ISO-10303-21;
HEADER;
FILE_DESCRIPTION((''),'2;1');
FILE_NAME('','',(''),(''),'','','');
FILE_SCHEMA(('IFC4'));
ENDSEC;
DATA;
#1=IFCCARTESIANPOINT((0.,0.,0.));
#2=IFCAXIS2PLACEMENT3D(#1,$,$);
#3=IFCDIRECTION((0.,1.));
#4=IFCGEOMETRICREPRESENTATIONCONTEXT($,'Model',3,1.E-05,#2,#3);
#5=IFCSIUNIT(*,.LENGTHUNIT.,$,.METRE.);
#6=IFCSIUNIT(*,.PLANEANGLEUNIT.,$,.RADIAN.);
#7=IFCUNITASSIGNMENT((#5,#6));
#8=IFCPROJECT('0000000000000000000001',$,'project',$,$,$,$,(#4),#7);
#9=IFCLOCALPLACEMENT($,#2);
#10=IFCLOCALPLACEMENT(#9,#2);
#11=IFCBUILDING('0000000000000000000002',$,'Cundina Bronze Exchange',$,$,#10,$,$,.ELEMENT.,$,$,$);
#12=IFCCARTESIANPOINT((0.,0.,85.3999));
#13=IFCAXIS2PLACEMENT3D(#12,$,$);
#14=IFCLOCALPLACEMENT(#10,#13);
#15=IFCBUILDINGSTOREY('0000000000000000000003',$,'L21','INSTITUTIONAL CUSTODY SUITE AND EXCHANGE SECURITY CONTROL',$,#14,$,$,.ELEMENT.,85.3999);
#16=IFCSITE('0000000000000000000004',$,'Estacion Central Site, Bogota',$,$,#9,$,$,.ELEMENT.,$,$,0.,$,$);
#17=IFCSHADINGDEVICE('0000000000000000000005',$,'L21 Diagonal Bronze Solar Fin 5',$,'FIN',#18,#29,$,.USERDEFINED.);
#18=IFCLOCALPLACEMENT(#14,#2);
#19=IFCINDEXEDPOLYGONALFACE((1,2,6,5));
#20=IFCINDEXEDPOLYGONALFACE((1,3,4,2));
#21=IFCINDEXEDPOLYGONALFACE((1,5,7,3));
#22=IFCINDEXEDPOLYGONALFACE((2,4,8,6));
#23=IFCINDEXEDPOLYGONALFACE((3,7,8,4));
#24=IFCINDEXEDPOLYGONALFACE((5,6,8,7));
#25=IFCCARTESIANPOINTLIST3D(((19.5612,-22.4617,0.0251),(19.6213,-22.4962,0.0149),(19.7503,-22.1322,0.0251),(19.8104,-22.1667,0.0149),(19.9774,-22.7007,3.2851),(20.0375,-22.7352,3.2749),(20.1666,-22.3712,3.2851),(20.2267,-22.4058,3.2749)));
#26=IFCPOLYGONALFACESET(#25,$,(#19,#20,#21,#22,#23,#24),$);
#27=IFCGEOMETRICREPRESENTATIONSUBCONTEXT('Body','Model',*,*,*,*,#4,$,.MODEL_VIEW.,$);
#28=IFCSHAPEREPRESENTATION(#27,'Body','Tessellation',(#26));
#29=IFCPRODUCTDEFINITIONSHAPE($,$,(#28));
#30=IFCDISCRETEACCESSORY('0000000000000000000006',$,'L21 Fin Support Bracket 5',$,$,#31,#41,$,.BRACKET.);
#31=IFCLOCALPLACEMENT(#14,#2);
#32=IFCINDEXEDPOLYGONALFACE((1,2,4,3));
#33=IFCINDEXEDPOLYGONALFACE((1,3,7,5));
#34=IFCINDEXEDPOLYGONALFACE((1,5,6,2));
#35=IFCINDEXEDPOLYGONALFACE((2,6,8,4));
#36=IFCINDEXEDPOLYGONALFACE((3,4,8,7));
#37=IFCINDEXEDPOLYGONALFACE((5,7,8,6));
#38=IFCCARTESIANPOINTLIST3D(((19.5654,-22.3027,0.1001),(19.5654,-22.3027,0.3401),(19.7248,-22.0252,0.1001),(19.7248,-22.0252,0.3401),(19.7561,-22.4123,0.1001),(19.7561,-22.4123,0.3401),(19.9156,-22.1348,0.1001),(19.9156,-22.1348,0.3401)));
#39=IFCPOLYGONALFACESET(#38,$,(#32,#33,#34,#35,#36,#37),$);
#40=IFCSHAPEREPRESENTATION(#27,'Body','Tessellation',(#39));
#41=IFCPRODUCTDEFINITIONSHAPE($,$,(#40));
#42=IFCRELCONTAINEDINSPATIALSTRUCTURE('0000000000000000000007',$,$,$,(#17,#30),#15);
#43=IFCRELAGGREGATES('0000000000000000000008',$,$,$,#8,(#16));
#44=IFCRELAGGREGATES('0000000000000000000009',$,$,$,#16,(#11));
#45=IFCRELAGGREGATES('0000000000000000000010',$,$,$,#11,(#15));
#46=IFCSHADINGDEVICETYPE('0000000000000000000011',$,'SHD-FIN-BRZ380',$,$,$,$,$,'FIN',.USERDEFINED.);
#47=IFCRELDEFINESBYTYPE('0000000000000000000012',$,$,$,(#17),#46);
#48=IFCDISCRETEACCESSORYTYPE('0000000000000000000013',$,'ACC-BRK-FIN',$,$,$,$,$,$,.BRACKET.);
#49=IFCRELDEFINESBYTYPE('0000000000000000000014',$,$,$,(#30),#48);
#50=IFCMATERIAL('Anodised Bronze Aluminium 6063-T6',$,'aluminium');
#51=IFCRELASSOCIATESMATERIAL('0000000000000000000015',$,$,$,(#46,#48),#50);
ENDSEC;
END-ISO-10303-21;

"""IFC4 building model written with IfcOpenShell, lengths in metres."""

from ifc_helpers import new_model, si_unit, direction, frame, origin, origin_2d, place, context, subcontext, project, spatial, rectangle, extrude, material, material_profile, profile_set, type_object, element, save


model = new_model("IFC4")

# Units and contexts
model_context = context("Model", 3, precision=1e-05, world=origin(), true_north=direction((0.0, 1.0)))
body_context = subcontext(model_context, "Body", "Model", "MODEL_VIEW")
ifc_project = project(units=[si_unit("LENGTHUNIT", "METRE"), si_unit("PLANEANGLEUNIT", "RADIAN")], contexts=[model_context])

# Site, building, storey
site_placement = place(None, origin())
site = spatial("IfcSite", under=ifc_project, at=site_placement, Name="Estacion Central Site, Bogota", CompositionType="ELEMENT", RefElevation=0.0)
building_placement = place(site_placement, origin())
building = spatial("IfcBuilding", under=site, at=building_placement, Name="Cundina Bronze Exchange", CompositionType="ELEMENT")
storey_placement = place(building_placement, frame((0.0, 0.0, 85.3999)))
storey = spatial("IfcBuildingStorey", under=building, at=storey_placement, Name="L21", Description="INSTITUTIONAL CUSTODY SUITE AND EXCHANGE SECURITY CONTROL", CompositionType="ELEMENT", Elevation=85.3999)

# Shared definitions
ifc_material_1 = material(Name="Anodised Bronze Aluminium 6063-T6", Category="aluminium")

# Shading device
ifc_material_profile_1 = material_profile(ifc_material_1, rectangle(XDim=0.0701, YDim=0.3799, at=origin_2d()), Name="FIN70X380", Category="aluminium")
ifc_profile_set_1 = profile_set([ifc_material_profile_1], Name="Anodised Bronze Aluminium 6063-T6")
shading_device_type = type_object("IfcShadingDeviceType", Name="SHD-FIN-BRZ380", ElementType="FIN", PredefinedType="USERDEFINED", material=ifc_profile_set_1)
shading_device_placement = place(storey_placement, frame((19.6858, -22.3142, 0.02), z_axis=(0.126325, -0.072535, 0.989333), x_axis=(-0.857958, 0.492634, 0.145668)))
element("IfcShadingDevice", 1, at=shading_device_placement, inside=storey, type_object=shading_device_type, Name="L21 Diagonal Bronze Solar Fin 5", ObjectType="FIN", PredefinedType="USERDEFINED", context=body_context, shape_type="SweptSolid", body=[
    extrude(rectangle(XDim=0.0701, YDim=0.3799, at=origin_2d()), origin(), (0.0, 0.0, 1.0), 3.2952),
])

# Discrete accessory
discrete_accessory_type = type_object("IfcDiscreteAccessoryType", Name="ACC-BRK-FIN", PredefinedType="BRACKET", material=ifc_material_1)
discrete_accessory_placement = place(storey_placement, frame((19.7405, -22.2188, 0.1001), z_axis=(0.0, 0.0, 1.0), x_axis=(0.867105, -0.498125, 0.0)))
element("IfcDiscreteAccessory", 2, at=discrete_accessory_placement, inside=storey, type_object=discrete_accessory_type, Name="L21 Fin Support Bracket 5", PredefinedType="BRACKET", context=body_context, shape_type="SweptSolid", body=[
    extrude(rectangle(XDim=0.22, YDim=0.3201, at=origin_2d()), origin(), (0.0, 0.0, 1.0), 0.24),
])

save(model, "model.ifc")
